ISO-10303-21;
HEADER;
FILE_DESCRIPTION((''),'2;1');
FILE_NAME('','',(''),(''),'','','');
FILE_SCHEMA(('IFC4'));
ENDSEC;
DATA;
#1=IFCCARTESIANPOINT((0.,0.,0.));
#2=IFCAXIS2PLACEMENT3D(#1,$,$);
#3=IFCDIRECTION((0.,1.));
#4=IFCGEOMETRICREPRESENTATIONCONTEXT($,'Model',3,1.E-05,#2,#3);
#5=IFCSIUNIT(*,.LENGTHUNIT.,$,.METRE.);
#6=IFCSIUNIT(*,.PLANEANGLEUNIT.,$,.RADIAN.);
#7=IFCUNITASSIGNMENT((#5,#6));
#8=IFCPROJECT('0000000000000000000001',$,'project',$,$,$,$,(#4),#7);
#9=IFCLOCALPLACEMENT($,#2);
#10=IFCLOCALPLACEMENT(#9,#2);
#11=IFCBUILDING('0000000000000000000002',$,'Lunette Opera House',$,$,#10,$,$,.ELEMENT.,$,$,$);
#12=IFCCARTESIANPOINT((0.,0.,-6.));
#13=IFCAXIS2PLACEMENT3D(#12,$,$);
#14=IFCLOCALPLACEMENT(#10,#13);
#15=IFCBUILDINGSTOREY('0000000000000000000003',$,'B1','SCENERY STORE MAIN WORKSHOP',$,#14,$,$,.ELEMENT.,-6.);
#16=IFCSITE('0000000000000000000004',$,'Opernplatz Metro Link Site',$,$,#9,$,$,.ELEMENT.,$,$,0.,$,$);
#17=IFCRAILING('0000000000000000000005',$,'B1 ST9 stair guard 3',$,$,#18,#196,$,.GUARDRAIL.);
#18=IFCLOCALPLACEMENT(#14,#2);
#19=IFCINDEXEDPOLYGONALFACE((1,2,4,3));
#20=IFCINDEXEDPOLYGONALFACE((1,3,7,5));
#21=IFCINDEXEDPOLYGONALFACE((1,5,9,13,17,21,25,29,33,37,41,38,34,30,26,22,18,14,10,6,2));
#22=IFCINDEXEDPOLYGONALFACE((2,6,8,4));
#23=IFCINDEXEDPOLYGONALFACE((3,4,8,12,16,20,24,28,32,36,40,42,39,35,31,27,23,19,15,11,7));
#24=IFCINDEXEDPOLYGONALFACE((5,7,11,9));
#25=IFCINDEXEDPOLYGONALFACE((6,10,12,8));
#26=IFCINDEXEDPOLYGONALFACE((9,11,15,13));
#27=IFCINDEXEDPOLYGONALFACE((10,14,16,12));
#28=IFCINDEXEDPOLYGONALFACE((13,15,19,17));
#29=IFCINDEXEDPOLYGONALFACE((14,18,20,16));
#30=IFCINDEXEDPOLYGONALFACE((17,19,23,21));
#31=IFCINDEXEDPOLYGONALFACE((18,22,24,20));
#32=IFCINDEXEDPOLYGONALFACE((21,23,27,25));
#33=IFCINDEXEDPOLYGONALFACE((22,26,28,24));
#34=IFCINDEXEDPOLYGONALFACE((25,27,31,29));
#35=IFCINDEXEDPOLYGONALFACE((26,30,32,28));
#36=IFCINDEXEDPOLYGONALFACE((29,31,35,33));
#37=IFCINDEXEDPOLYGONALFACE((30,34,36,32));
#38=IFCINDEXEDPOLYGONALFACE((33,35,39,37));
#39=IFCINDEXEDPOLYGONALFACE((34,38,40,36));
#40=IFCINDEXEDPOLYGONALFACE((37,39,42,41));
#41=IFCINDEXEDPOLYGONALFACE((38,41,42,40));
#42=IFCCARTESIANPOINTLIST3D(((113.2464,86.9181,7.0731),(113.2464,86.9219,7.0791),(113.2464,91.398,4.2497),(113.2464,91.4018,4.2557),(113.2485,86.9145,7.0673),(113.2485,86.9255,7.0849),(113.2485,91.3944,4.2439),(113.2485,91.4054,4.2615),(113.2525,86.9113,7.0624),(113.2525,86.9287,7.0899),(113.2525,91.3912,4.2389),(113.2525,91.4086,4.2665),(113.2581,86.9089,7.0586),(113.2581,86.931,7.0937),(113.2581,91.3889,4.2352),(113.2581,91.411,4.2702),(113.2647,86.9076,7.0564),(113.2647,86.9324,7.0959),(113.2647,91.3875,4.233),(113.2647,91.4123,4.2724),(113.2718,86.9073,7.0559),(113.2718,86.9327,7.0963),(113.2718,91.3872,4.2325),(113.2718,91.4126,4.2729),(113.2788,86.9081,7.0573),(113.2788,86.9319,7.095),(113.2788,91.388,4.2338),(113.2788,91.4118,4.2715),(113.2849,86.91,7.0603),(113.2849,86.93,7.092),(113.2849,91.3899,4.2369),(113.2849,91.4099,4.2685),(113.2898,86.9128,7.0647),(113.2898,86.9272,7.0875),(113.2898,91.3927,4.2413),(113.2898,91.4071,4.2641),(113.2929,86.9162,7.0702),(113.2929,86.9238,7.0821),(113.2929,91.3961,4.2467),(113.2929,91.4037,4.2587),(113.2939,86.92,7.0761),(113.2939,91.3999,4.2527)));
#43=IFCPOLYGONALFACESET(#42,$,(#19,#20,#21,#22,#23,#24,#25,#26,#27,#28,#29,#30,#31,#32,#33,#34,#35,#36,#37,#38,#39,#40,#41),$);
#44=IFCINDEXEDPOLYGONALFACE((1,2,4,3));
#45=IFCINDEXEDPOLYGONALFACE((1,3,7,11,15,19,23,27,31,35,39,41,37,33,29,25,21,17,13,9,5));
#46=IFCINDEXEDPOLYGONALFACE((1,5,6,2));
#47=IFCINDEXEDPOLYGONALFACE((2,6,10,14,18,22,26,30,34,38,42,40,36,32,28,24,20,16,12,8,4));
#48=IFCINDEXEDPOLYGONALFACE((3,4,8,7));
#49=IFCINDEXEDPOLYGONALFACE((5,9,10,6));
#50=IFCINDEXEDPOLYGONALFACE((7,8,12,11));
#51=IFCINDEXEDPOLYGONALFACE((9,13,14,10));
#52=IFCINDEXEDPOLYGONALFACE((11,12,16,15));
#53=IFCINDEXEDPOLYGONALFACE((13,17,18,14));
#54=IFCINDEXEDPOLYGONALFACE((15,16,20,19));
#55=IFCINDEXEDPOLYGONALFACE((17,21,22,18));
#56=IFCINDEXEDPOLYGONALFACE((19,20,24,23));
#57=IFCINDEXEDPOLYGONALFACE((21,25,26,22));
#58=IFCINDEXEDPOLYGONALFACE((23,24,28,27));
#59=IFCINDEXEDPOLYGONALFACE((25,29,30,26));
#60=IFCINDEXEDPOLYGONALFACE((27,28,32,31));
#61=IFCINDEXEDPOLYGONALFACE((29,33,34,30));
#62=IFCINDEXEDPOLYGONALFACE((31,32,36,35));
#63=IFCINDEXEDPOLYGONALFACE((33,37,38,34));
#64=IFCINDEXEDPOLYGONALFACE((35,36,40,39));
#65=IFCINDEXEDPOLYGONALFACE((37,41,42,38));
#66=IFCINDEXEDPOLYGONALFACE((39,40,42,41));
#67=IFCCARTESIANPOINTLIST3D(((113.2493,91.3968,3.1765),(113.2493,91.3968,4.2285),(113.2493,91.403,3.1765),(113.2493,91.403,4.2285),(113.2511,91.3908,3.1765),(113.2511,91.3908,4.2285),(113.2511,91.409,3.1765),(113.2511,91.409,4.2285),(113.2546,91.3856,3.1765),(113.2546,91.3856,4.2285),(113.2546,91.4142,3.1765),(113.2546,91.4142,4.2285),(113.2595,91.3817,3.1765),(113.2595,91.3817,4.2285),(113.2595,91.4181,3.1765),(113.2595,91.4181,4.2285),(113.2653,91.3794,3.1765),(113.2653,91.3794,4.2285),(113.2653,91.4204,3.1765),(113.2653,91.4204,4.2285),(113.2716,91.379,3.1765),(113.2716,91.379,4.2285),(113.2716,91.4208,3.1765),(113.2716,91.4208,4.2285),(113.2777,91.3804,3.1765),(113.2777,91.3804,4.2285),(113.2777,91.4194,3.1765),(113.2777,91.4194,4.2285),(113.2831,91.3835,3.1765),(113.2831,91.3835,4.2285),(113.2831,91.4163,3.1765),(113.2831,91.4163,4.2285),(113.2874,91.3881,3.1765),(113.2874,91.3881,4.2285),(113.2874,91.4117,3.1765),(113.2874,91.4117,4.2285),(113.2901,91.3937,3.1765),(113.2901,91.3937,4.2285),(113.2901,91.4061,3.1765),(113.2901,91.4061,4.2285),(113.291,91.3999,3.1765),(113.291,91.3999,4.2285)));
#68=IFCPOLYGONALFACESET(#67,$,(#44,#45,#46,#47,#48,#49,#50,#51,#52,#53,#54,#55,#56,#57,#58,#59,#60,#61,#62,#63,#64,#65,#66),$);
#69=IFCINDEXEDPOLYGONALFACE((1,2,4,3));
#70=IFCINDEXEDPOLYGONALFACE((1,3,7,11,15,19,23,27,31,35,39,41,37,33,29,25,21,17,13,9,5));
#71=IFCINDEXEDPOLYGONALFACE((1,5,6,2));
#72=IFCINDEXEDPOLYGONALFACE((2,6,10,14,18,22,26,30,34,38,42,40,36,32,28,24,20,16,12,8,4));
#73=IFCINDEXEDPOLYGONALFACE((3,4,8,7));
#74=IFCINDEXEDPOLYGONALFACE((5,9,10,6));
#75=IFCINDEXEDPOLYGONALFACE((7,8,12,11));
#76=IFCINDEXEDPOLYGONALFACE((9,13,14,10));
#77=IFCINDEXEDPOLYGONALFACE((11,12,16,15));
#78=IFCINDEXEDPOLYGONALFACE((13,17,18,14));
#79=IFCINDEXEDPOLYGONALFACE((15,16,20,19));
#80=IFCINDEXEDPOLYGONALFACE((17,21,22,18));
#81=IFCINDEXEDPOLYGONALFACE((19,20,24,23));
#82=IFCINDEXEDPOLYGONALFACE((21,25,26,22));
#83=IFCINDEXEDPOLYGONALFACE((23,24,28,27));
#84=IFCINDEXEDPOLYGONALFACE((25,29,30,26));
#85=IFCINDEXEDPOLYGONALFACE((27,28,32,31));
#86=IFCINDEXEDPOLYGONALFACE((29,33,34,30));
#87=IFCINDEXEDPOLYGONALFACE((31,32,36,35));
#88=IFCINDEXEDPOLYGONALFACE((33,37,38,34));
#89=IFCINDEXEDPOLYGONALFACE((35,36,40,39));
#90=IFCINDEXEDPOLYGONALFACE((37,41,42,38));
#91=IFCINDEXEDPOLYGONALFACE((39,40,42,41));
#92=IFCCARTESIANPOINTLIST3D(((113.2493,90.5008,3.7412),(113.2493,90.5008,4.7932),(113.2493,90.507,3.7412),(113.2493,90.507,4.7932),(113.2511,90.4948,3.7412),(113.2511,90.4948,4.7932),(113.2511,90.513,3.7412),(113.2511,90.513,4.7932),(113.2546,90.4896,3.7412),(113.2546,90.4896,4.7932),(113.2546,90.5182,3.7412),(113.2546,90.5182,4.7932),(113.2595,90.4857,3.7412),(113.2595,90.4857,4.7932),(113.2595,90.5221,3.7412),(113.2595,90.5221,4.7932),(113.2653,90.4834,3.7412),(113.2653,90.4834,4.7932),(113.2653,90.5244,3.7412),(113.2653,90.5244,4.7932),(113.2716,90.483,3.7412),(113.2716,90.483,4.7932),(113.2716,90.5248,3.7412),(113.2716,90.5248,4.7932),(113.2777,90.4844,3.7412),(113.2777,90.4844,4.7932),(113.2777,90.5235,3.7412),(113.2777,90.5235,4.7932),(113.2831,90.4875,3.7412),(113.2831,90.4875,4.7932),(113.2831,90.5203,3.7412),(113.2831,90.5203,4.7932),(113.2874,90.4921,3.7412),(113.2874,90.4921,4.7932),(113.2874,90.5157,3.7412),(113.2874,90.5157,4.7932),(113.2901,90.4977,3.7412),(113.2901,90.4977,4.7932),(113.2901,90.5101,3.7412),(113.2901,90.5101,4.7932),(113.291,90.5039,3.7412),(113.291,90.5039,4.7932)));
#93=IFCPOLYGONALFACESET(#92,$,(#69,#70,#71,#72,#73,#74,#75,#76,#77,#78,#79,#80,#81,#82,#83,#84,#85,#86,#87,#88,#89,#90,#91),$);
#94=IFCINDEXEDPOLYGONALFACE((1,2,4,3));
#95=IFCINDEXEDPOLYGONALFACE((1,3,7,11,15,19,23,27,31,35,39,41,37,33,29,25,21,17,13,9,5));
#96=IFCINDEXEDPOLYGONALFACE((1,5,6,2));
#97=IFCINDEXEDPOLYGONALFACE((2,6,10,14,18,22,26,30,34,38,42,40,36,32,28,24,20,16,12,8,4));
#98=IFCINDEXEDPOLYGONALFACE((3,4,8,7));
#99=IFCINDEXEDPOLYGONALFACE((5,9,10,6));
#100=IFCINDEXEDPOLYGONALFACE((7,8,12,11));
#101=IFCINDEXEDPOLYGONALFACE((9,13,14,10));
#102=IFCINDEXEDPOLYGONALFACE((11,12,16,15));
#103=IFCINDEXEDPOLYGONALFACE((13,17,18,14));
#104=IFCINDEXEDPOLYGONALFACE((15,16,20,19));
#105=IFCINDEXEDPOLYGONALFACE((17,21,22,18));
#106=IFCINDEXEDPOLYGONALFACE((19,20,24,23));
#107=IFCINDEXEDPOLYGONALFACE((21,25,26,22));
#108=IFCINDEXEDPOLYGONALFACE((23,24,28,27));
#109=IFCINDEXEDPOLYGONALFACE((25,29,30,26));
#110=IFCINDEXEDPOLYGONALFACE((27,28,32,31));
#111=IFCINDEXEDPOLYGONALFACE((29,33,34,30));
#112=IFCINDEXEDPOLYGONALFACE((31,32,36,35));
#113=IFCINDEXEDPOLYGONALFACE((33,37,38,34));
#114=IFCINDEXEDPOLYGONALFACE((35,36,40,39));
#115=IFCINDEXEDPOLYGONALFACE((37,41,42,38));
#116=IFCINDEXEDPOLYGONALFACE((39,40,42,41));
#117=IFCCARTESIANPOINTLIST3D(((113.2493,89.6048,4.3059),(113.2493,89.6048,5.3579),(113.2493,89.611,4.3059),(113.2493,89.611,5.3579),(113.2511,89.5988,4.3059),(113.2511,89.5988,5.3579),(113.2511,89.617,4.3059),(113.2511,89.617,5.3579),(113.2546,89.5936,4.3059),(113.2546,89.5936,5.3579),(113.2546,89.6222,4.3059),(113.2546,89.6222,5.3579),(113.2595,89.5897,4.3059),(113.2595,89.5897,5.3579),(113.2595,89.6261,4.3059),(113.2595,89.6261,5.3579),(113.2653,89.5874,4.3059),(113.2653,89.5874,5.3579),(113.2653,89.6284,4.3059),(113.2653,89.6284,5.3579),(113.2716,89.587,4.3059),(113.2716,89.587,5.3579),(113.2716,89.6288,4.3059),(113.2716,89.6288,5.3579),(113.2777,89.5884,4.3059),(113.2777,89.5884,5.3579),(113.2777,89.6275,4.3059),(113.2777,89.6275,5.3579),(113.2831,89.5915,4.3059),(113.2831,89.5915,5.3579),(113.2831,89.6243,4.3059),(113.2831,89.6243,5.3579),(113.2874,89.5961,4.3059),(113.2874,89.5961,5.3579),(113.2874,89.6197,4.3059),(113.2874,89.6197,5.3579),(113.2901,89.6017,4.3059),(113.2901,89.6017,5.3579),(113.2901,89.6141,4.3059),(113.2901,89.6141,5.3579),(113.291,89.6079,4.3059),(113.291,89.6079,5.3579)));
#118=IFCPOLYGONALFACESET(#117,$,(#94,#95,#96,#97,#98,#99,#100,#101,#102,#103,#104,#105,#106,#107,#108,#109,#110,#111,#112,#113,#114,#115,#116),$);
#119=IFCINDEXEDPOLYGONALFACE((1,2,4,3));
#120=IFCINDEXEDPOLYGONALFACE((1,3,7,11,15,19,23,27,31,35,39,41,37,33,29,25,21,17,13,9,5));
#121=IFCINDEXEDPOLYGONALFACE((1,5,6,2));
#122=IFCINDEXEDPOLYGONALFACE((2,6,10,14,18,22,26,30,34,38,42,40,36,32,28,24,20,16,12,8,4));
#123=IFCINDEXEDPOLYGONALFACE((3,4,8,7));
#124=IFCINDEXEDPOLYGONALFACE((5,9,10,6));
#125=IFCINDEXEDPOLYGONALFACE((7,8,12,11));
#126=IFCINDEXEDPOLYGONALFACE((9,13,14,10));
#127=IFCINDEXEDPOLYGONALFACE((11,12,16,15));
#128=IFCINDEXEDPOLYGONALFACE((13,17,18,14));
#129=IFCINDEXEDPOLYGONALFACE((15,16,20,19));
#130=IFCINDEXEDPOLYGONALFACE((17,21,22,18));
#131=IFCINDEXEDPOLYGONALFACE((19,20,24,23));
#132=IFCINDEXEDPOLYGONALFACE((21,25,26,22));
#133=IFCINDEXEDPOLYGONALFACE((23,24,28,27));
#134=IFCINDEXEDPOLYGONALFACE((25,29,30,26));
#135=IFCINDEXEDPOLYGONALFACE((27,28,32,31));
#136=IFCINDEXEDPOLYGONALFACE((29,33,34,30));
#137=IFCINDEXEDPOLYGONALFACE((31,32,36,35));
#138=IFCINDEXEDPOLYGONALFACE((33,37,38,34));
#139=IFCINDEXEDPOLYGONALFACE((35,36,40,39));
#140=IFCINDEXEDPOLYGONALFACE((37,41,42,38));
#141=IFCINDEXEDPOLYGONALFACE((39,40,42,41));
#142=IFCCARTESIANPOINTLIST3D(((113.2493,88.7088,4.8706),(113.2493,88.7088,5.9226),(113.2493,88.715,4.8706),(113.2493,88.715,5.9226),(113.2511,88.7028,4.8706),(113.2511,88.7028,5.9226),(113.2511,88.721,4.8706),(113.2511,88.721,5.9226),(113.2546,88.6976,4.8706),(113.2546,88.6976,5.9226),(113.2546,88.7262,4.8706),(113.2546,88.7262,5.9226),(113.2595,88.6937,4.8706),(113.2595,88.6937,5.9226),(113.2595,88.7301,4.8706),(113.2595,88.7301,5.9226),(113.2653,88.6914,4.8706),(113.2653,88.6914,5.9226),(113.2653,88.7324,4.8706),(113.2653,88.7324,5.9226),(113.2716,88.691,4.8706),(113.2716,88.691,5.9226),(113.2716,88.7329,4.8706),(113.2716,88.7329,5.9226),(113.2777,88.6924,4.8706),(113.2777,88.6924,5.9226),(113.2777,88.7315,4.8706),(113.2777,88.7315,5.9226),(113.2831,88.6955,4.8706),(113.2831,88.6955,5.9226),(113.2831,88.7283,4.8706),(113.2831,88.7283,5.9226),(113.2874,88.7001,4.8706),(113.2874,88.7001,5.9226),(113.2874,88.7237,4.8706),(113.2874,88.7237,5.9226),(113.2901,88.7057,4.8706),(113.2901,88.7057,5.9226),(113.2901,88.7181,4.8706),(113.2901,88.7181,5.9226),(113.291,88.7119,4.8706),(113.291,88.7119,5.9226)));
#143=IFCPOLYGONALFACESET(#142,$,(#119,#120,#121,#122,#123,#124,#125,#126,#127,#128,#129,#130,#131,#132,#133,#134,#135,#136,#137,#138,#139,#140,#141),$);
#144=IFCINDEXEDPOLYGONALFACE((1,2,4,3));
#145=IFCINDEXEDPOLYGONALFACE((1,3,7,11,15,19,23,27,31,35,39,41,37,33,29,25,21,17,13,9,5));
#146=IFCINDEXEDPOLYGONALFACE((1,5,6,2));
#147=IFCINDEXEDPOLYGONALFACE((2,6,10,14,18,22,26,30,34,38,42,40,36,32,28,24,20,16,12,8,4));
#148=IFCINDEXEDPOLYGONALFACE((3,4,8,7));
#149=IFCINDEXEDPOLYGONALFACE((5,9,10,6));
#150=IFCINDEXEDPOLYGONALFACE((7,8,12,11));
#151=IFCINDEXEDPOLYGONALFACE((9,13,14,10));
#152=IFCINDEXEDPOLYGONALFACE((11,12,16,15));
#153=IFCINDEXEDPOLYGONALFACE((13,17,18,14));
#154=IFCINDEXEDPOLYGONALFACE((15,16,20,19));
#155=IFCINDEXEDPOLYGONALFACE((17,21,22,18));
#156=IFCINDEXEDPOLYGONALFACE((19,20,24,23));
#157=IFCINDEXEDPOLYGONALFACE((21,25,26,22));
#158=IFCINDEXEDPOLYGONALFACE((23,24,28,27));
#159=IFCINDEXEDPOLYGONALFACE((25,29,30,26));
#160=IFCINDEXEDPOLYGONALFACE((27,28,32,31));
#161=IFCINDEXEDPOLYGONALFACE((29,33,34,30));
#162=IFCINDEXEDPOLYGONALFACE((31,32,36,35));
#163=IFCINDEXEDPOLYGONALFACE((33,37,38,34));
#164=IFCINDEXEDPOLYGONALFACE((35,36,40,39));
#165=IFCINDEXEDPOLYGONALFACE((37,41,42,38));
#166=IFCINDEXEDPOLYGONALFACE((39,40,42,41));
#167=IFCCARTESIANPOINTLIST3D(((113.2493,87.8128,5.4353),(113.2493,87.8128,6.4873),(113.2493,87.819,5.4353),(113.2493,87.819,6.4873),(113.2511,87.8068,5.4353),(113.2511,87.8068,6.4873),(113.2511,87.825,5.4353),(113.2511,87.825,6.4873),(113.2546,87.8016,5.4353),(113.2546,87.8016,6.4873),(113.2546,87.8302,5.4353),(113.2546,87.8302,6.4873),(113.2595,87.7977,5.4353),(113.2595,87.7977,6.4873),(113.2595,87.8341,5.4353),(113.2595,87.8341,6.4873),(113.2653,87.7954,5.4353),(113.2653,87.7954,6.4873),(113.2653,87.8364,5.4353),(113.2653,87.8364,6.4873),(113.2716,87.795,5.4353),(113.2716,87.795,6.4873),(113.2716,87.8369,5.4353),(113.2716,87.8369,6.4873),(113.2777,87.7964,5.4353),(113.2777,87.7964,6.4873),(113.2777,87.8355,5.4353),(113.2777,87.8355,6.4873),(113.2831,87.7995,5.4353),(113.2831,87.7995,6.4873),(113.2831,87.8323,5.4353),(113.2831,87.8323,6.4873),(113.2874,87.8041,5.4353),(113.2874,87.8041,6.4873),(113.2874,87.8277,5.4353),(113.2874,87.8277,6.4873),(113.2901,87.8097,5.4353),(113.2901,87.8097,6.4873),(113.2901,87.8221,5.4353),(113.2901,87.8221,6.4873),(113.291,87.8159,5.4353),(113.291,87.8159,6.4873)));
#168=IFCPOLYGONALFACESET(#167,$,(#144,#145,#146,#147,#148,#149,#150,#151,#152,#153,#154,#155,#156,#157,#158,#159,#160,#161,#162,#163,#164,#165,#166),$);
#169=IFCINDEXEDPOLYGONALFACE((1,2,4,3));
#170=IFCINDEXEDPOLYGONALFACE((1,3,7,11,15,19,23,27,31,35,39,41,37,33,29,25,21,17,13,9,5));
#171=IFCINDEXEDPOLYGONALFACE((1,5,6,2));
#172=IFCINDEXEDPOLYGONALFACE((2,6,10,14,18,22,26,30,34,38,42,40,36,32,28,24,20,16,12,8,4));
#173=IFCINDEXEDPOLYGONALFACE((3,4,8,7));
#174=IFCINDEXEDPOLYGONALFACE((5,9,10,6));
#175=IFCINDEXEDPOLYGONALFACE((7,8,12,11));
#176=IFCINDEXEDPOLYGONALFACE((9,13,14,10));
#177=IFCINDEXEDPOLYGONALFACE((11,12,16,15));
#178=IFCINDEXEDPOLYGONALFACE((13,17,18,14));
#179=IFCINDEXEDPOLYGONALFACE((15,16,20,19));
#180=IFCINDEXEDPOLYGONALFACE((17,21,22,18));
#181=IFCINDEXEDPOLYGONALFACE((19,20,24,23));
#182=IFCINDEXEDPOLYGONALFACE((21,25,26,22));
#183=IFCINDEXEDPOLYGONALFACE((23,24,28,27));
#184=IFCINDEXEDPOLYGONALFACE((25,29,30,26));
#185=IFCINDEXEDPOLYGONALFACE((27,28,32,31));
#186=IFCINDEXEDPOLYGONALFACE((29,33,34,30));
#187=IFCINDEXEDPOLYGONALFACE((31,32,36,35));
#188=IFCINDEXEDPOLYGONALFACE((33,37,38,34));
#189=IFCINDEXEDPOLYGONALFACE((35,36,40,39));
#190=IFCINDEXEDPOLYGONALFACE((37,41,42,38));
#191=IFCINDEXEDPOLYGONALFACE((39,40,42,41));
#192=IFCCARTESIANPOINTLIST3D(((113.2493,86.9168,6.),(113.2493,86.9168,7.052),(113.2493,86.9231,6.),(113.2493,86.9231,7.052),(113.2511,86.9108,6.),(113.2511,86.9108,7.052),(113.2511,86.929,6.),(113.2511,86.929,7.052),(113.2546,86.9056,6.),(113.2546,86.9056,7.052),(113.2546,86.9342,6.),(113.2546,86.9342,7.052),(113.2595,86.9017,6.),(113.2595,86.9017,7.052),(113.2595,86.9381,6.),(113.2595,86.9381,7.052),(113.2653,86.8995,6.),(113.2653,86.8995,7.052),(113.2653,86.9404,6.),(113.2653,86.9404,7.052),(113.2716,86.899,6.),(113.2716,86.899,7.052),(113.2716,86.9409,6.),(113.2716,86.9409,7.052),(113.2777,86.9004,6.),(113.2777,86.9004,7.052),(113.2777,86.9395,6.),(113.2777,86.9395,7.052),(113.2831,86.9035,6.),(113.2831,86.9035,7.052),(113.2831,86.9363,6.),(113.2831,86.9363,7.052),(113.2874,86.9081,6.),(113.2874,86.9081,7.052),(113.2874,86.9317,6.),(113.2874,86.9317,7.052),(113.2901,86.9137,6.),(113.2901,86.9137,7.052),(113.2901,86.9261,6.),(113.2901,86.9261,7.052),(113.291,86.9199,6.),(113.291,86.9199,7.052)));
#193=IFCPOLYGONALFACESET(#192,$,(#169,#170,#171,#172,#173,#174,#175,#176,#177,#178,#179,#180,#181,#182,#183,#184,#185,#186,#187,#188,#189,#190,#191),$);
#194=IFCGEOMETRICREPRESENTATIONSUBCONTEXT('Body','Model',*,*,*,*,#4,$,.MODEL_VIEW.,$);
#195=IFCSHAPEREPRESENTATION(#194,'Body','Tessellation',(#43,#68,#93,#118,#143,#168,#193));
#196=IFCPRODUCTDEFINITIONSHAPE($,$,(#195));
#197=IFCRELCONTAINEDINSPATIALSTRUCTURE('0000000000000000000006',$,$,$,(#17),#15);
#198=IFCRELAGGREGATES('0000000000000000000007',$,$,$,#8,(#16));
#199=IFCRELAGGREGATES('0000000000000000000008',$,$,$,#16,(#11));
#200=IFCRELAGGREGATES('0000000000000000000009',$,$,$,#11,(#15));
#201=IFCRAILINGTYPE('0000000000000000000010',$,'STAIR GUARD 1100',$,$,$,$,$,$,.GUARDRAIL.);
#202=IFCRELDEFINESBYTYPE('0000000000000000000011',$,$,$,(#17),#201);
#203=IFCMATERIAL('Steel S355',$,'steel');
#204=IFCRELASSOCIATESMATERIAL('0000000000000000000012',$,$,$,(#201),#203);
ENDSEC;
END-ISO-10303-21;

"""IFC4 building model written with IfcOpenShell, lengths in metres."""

from ifc_helpers import new_model, si_unit, direction, frame, origin, origin_2d, place, context, subcontext, project, spatial, circle, extrude, material, type_object, element, save


model = new_model("IFC4")

# Units and contexts
model_context = context("Model", 3, precision=1e-05, world=origin(), true_north=direction((0.0, 1.0)))
body_context = subcontext(model_context, "Body", "Model", "MODEL_VIEW")
ifc_project = project(units=[si_unit("LENGTHUNIT", "METRE"), si_unit("PLANEANGLEUNIT", "RADIAN")], contexts=[model_context])

# Site, building, storey
site_placement = place(None, origin())
site = spatial("IfcSite", under=ifc_project, at=site_placement, Name="Opernplatz Metro Link Site", CompositionType="ELEMENT", RefElevation=0.0)
building_placement = place(site_placement, origin())
building = spatial("IfcBuilding", under=site, at=building_placement, Name="Lunette Opera House", CompositionType="ELEMENT")
storey_placement = place(building_placement, frame((0.0, 0.0, -6.0)))
storey = spatial("IfcBuildingStorey", under=building, at=storey_placement, Name="B1", Description="SCENERY STORE MAIN WORKSHOP", CompositionType="ELEMENT", Elevation=-6.0)

# Railing
ifc_material_1 = material(Name="Steel S355", Category="steel")
railing_type_1 = type_object("IfcRailingType", Name="STAIR GUARD 1100", PredefinedType="GUARDRAIL", material=ifc_material_1)
railing_1_placement = place(storey_placement, frame((113.27, 91.3999, 3.1765)))
element("IfcRailing", 1, at=railing_1_placement, inside=storey, type_object=railing_type_1, Name="B1 ST9 stair guard 3", PredefinedType="GUARDRAIL", context=body_context, shape_type="SweptSolid", body=[
    extrude(circle(Radius=0.0239, at=origin_2d()), frame((0.0, 0.0, 1.0762), z_axis=(0.0, -0.845998, 0.533186), x_axis=(1.0, 0.0, 0.0)), (0.0, 0.0, 1.0), 5.2954),
    extrude(circle(Radius=0.021, at=origin_2d()), origin(), (0.0, 0.0, 1.0), 1.052),
    extrude(circle(Radius=0.021, at=origin_2d()), frame((0.0, -0.896, 0.5647)), (0.0, 0.0, 1.0), 1.052),
    extrude(circle(Radius=0.021, at=origin_2d()), frame((0.0, -1.792, 1.1294)), (0.0, 0.0, 1.0), 1.052),
    extrude(circle(Radius=0.021, at=origin_2d()), frame((0.0, -2.688, 1.6941)), (0.0, 0.0, 1.0), 1.052),
    extrude(circle(Radius=0.021, at=origin_2d()), frame((0.0, -3.584, 2.2588)), (0.0, 0.0, 1.0), 1.052),
    extrude(circle(Radius=0.021, at=origin_2d()), frame((0.0, -4.48, 2.8235)), (0.0, 0.0, 1.0), 1.052),
])

save(model, "model.ifc")
